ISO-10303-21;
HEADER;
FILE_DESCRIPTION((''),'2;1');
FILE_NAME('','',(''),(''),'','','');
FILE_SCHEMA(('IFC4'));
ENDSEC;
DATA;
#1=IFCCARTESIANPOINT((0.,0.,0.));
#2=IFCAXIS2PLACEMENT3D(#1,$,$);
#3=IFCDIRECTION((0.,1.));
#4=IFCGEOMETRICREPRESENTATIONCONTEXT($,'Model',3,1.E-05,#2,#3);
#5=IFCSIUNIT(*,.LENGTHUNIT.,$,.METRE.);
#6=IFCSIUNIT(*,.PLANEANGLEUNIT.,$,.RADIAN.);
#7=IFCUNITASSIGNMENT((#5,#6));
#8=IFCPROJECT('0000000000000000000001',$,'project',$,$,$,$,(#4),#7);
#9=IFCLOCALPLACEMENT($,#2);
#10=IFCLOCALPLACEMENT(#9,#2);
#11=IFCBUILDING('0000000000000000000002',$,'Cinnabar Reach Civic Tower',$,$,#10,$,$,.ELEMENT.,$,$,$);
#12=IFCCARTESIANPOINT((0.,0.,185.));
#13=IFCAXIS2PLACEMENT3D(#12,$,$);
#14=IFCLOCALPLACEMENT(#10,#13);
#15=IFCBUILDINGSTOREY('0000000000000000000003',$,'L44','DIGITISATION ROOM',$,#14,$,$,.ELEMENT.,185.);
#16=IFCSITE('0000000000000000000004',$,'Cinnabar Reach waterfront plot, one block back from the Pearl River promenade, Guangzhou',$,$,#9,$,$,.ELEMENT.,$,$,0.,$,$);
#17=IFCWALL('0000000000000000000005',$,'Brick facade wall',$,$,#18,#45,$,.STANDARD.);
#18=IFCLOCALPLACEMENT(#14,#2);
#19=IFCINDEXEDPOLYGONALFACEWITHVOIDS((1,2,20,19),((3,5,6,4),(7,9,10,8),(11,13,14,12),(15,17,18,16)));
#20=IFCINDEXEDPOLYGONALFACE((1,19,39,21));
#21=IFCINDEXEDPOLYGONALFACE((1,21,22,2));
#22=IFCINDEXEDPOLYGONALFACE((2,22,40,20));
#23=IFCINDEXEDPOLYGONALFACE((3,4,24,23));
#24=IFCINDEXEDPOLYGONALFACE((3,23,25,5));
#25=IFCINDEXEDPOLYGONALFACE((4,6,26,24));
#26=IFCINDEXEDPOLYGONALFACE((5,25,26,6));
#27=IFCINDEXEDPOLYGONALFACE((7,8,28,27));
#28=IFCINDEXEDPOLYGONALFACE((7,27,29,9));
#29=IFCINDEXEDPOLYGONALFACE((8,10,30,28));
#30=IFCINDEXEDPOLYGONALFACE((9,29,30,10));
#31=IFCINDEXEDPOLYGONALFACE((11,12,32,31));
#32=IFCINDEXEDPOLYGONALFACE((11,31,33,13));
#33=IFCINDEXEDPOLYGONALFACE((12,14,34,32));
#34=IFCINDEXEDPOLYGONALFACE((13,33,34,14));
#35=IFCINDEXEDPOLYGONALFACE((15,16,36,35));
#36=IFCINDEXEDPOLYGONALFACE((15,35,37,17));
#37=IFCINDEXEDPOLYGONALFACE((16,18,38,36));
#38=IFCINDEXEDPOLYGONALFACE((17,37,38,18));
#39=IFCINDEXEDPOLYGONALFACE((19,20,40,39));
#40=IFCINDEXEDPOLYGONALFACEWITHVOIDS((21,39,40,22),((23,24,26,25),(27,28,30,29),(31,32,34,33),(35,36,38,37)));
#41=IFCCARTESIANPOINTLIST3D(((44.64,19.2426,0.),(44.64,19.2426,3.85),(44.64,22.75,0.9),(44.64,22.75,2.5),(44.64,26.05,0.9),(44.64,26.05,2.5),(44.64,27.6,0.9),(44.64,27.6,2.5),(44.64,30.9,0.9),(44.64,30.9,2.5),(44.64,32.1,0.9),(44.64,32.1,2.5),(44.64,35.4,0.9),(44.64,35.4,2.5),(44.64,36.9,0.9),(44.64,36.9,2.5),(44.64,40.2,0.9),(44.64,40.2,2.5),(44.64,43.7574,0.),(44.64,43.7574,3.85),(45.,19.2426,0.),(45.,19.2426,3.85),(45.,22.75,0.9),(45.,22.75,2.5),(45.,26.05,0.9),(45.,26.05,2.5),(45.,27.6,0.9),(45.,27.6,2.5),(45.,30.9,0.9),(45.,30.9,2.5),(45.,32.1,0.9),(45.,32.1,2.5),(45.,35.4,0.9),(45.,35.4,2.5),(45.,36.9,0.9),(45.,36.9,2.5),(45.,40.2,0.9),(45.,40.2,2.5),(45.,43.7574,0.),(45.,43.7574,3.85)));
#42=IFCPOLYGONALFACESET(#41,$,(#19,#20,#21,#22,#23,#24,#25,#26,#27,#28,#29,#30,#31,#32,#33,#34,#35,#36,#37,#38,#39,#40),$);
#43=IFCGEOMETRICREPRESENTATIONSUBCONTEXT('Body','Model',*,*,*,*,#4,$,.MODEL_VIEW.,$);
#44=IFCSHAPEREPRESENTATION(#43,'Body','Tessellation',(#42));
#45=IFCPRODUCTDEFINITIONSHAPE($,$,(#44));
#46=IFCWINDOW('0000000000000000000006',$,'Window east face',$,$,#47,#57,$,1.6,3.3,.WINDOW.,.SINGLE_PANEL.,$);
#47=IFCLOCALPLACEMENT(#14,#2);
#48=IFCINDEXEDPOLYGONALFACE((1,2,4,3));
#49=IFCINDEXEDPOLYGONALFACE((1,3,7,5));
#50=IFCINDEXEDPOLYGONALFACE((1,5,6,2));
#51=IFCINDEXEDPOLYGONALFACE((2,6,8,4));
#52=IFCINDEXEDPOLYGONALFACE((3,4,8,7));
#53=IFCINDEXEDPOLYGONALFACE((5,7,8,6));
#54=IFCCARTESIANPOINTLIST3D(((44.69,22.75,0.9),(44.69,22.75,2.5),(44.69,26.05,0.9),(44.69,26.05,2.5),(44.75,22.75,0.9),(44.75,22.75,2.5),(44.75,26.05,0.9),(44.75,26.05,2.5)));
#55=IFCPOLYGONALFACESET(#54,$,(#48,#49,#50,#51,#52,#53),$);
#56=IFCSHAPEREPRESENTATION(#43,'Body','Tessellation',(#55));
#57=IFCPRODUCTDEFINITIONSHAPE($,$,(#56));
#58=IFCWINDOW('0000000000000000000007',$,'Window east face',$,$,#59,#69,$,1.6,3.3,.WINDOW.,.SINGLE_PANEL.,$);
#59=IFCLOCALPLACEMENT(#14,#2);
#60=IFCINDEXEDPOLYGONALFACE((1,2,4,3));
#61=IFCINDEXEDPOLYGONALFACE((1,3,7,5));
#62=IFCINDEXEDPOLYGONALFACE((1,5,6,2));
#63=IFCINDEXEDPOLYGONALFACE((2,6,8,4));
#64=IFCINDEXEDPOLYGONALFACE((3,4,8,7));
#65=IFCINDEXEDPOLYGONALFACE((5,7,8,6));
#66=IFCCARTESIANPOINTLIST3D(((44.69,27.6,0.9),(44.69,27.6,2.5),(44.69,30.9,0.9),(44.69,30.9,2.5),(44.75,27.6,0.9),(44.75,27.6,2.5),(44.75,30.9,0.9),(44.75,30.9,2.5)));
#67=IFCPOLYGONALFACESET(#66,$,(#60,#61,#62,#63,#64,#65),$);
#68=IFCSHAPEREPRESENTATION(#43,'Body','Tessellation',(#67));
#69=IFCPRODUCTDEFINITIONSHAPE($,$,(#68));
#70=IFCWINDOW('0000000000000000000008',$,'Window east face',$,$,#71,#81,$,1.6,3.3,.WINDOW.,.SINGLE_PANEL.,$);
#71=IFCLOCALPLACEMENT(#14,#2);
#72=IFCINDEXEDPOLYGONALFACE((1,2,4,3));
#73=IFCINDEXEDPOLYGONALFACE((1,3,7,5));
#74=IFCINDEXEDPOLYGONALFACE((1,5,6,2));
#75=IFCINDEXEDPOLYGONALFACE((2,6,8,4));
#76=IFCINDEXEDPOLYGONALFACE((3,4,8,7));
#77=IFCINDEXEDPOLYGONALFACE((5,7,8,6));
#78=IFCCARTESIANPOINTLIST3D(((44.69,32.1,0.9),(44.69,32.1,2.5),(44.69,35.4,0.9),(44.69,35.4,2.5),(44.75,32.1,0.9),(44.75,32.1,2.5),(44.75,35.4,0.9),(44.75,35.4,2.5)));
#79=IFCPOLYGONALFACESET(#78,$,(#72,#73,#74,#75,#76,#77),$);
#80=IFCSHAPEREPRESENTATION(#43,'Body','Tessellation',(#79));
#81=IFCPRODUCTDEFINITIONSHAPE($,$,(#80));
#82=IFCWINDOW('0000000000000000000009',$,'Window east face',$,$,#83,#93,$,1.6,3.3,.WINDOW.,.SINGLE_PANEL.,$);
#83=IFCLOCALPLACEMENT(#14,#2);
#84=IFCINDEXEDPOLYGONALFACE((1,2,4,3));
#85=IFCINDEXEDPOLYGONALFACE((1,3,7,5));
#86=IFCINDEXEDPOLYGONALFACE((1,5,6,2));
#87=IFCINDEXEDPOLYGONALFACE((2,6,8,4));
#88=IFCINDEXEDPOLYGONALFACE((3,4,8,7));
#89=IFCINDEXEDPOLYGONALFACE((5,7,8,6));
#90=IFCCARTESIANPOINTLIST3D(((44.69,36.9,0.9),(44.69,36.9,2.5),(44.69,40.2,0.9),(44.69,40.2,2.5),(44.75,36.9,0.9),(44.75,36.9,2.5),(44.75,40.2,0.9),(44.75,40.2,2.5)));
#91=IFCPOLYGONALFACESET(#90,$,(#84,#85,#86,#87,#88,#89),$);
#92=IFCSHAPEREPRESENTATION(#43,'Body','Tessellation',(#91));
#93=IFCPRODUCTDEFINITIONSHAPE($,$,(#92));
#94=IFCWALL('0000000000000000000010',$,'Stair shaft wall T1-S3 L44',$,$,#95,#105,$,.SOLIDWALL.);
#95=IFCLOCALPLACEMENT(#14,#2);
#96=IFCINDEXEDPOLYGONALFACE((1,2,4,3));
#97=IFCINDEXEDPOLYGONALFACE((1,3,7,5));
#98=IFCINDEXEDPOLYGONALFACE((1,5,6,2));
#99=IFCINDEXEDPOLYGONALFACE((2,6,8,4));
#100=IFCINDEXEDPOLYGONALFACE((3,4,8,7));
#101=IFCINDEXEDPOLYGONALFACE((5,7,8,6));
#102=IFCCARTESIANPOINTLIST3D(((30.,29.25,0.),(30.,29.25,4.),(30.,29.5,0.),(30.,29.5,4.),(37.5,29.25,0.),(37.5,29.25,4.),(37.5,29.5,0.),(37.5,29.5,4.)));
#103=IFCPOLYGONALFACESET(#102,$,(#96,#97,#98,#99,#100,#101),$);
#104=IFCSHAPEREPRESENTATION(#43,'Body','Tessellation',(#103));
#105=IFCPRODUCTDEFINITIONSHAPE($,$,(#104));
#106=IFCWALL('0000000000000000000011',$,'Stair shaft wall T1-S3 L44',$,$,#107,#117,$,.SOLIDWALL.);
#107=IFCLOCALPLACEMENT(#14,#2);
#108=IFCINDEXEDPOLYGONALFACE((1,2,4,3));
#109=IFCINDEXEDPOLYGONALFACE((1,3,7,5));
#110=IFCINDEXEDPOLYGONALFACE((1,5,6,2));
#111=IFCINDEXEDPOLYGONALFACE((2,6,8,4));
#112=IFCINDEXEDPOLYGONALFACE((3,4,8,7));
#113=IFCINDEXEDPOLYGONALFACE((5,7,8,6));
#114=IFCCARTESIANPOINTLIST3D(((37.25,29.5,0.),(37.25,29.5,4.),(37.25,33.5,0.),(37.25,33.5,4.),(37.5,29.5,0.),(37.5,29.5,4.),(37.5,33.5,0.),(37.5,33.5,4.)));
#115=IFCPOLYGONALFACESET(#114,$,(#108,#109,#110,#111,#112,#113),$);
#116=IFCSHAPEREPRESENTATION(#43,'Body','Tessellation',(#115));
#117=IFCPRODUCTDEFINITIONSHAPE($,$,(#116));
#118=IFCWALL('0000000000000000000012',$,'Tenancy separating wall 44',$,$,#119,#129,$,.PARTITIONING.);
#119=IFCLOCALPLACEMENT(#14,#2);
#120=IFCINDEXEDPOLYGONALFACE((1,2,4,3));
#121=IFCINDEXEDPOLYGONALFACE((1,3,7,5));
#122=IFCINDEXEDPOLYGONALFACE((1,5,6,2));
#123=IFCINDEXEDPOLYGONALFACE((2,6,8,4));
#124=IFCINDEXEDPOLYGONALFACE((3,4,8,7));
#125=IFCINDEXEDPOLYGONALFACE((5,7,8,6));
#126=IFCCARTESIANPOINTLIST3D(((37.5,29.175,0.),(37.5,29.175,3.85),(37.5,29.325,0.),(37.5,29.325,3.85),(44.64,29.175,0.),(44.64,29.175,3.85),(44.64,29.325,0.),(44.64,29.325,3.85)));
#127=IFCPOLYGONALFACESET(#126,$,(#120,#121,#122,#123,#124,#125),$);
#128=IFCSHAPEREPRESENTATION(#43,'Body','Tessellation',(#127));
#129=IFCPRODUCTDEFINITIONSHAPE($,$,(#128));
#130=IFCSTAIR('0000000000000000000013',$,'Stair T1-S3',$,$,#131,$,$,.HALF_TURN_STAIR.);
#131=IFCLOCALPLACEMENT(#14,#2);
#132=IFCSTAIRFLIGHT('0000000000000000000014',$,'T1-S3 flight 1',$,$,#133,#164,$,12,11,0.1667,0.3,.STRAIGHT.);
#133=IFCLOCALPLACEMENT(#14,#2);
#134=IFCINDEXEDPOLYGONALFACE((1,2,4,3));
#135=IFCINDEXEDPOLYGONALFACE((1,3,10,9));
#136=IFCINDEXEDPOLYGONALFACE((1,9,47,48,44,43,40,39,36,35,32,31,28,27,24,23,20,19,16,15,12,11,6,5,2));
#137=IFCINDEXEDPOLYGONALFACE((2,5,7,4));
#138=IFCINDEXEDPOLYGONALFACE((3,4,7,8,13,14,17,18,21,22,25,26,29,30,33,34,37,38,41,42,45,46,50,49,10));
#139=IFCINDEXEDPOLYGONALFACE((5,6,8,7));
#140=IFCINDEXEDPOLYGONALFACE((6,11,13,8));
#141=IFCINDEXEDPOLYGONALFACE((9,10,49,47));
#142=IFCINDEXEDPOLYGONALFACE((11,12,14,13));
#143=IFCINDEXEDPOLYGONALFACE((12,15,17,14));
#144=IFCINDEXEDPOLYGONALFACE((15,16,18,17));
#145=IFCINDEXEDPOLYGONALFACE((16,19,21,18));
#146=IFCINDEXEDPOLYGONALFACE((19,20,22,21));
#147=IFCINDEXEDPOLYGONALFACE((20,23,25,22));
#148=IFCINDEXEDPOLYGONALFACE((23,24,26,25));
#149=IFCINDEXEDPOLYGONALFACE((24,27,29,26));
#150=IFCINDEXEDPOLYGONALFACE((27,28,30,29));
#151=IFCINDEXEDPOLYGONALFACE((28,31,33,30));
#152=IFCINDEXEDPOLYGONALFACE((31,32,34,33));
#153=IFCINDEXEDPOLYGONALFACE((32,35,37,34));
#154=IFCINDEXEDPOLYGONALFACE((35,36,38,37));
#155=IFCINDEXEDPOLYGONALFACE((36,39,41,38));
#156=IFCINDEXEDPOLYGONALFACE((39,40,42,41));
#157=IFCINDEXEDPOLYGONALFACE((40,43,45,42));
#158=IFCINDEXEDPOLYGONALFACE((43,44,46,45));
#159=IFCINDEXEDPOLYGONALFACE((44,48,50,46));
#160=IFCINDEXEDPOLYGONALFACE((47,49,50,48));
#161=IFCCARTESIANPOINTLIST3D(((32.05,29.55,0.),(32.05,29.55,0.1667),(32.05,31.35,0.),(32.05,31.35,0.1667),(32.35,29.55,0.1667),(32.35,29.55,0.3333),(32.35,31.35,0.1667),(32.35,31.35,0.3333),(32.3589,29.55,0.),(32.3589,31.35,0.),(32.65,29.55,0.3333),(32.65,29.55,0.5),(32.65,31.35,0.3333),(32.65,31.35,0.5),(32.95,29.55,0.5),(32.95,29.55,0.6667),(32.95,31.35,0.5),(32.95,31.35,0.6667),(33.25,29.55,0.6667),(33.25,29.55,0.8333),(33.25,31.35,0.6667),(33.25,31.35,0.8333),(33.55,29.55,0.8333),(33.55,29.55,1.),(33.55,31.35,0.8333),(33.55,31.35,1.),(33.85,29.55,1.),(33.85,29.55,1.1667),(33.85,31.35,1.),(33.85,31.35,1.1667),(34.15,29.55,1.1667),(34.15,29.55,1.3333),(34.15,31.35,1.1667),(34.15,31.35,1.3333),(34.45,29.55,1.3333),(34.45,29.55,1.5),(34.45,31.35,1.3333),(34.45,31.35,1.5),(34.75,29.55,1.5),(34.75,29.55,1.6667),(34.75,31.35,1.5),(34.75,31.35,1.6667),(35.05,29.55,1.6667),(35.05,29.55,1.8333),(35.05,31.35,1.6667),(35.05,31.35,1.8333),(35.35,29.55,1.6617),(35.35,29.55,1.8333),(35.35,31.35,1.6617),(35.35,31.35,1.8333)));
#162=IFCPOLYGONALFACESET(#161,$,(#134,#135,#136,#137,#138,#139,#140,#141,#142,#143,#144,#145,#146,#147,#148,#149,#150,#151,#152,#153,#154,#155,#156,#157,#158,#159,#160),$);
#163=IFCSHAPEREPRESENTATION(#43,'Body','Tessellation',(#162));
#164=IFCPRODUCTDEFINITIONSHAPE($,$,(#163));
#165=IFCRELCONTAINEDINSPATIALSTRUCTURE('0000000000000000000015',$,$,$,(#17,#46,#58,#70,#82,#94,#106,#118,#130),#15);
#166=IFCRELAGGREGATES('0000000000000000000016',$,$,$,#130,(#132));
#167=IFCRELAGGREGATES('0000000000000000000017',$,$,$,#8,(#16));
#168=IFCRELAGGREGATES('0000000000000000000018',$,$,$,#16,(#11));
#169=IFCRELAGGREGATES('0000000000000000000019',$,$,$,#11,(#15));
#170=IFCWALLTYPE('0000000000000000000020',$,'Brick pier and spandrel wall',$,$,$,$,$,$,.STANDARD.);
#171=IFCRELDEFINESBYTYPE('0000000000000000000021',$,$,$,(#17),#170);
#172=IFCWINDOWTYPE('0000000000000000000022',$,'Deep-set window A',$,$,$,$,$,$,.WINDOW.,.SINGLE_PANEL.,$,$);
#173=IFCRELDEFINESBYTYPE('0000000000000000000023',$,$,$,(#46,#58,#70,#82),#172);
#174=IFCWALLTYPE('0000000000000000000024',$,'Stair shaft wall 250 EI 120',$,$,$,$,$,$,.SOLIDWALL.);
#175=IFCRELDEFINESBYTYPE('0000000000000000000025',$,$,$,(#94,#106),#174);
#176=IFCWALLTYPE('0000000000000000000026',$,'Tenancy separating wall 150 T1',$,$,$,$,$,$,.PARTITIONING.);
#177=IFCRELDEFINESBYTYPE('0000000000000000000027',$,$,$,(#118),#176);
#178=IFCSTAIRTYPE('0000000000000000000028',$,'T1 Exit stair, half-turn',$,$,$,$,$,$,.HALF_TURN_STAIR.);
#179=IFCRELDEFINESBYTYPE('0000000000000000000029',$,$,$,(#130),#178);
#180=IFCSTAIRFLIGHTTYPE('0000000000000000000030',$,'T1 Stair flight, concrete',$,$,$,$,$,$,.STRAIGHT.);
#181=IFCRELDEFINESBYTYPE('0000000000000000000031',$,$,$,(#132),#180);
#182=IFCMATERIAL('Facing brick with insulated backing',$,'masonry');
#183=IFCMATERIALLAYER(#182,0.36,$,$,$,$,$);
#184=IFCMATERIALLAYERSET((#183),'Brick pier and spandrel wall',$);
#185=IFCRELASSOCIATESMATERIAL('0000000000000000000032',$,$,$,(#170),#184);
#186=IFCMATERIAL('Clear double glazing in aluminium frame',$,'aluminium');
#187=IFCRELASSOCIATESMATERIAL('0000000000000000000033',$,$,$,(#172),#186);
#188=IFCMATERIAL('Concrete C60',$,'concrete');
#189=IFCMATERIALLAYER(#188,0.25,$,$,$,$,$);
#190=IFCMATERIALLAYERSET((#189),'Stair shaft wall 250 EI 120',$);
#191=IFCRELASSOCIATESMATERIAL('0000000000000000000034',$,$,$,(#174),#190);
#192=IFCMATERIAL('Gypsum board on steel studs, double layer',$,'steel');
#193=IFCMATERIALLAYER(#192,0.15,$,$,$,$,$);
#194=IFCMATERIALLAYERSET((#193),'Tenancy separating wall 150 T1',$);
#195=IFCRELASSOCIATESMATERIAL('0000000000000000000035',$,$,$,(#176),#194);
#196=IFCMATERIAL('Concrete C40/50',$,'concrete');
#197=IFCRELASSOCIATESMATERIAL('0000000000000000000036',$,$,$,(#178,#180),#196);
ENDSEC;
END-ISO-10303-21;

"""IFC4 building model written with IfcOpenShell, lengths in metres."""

from ifc_helpers import new_model, si_unit, direction, frame, frame_2d, origin, place, context, subcontext, project, spatial, polyline, rectangle, outline, extrude, material, layer, layer_set, type_object, element, fill, aggregate, save


model = new_model("IFC4")

# Units and contexts
model_context = context("Model", 3, precision=1e-05, world=origin(), true_north=direction((0.0, 1.0)))
body_context = subcontext(model_context, "Body", "Model", "MODEL_VIEW")
ifc_project = project(units=[si_unit("LENGTHUNIT", "METRE"), si_unit("PLANEANGLEUNIT", "RADIAN")], contexts=[model_context])

# Site, building, storey
site_placement = place(None, origin())
site = spatial("IfcSite", under=ifc_project, at=site_placement, Name="Cinnabar Reach waterfront plot, one block back from the Pearl River promenade, Guangzhou", CompositionType="ELEMENT", RefElevation=0.0)
building_placement = place(site_placement, origin())
building = spatial("IfcBuilding", under=site, at=building_placement, Name="Cinnabar Reach Civic Tower", CompositionType="ELEMENT")
storey_placement = place(building_placement, frame((0.0, 0.0, 185.0)))
storey = spatial("IfcBuildingStorey", under=building, at=storey_placement, Name="L44", Description="DIGITISATION ROOM", CompositionType="ELEMENT", Elevation=185.0)

# Shared definitions
ifc_material_1 = material(Name="Facing brick with insulated backing", Category="masonry")

# Wall, openings, windows
ifc_layer_1 = layer(ifc_material_1, 0.36)
ifc_layer_set_1 = layer_set([ifc_layer_1], Name="Brick pier and spandrel wall")
wall_type_1 = type_object("IfcWallType", Name="Brick pier and spandrel wall", PredefinedType="STANDARD", material=ifc_layer_set_1)
wall_1_placement = place(storey_placement, frame((44.82, 19.2426, 0.0), z_axis=(0.0, 0.0, 1.0), x_axis=(0.0, 1.0, 0.0)))
wall_1 = element("IfcWall", 1, at=wall_1_placement, inside=storey, type_object=wall_type_1, Name="Brick facade wall", PredefinedType="STANDARD", context=body_context, shape_type="SweptSolid", body=[
    extrude(rectangle(XDim=24.5148, YDim=0.36, at=frame_2d((12.2574, 0.0))), origin(), (0.0, 0.0, 1.0), 3.85),
])
opening_1_placement = place(wall_1_placement, frame((3.5074, 0.0, 0.9)))
opening_1 = element("IfcOpeningElement", 2, at=opening_1_placement, cuts=wall_1, PredefinedType="OPENING", context=body_context, shape_type="SweptSolid", body=[
    extrude(rectangle(XDim=3.3, YDim=1.6, at=frame_2d((1.65, 0.8))), frame((0.0, 0.19, 0.0), z_axis=(0.0, -1.0, 0.0), x_axis=(1.0, 0.0, 0.0)), (0.0, 0.0, 1.0), 0.38),
])
opening_2_placement = place(wall_1_placement, frame((8.3574, 0.0, 0.9)))
opening_2 = element("IfcOpeningElement", 3, at=opening_2_placement, cuts=wall_1, PredefinedType="OPENING", context=body_context, shape_type="SweptSolid", body=[
    extrude(rectangle(XDim=3.3, YDim=1.6, at=frame_2d((1.65, 0.8))), frame((0.0, 0.19, 0.0), z_axis=(0.0, -1.0, 0.0), x_axis=(1.0, 0.0, 0.0)), (0.0, 0.0, 1.0), 0.38),
])
opening_3_placement = place(wall_1_placement, frame((12.8574, 0.0, 0.9)))
opening_3 = element("IfcOpeningElement", 4, at=opening_3_placement, cuts=wall_1, PredefinedType="OPENING", context=body_context, shape_type="SweptSolid", body=[
    extrude(rectangle(XDim=3.3, YDim=1.6, at=frame_2d((1.65, 0.8))), frame((0.0, 0.19, 0.0), z_axis=(0.0, -1.0, 0.0), x_axis=(1.0, 0.0, 0.0)), (0.0, 0.0, 1.0), 0.38),
])
opening_4_placement = place(wall_1_placement, frame((17.6574, 0.0, 0.9)))
opening_4 = element("IfcOpeningElement", 5, at=opening_4_placement, cuts=wall_1, PredefinedType="OPENING", context=body_context, shape_type="SweptSolid", body=[
    extrude(rectangle(XDim=3.3, YDim=1.6, at=frame_2d((1.65, 0.8))), frame((0.0, 0.19, 0.0), z_axis=(0.0, -1.0, 0.0), x_axis=(1.0, 0.0, 0.0)), (0.0, 0.0, 1.0), 0.38),
])
ifc_material_2 = material(Name="Clear double glazing in aluminium frame", Category="aluminium")
window_type = type_object("IfcWindowType", Name="Deep-set window A", PartitioningType="SINGLE_PANEL", PredefinedType="WINDOW", material=ifc_material_2)
window_1_placement = place(opening_1_placement, origin())
window_1 = element("IfcWindow", 6, at=window_1_placement, inside=storey, type_object=window_type, Name="Window east face", OverallHeight=1.6, OverallWidth=3.3, PartitioningType="SINGLE_PANEL", PredefinedType="WINDOW", context=body_context, shape_type="SweptSolid", body=[
    extrude(rectangle(XDim=3.3, YDim=1.6, at=frame_2d((1.65, 0.8))), frame((0.0, 0.13, 0.0), z_axis=(0.0, -1.0, 0.0), x_axis=(1.0, 0.0, 0.0)), (0.0, 0.0, 1.0), 0.06),
])
fill(opening_1, window_1)
window_2_placement = place(opening_2_placement, origin())
window_2 = element("IfcWindow", 7, at=window_2_placement, inside=storey, type_object=window_type, Name="Window east face", OverallHeight=1.6, OverallWidth=3.3, PartitioningType="SINGLE_PANEL", PredefinedType="WINDOW", context=body_context, shape_type="SweptSolid", body=[
    extrude(rectangle(XDim=3.3, YDim=1.6, at=frame_2d((1.65, 0.8))), frame((0.0, 0.13, 0.0), z_axis=(0.0, -1.0, 0.0), x_axis=(1.0, 0.0, 0.0)), (0.0, 0.0, 1.0), 0.06),
])
fill(opening_2, window_2)
window_3_placement = place(opening_3_placement, origin())
window_3 = element("IfcWindow", 8, at=window_3_placement, inside=storey, type_object=window_type, Name="Window east face", OverallHeight=1.6, OverallWidth=3.3, PartitioningType="SINGLE_PANEL", PredefinedType="WINDOW", context=body_context, shape_type="SweptSolid", body=[
    extrude(rectangle(XDim=3.3, YDim=1.6, at=frame_2d((1.65, 0.8))), frame((0.0, 0.13, 0.0), z_axis=(0.0, -1.0, 0.0), x_axis=(1.0, 0.0, 0.0)), (0.0, 0.0, 1.0), 0.06),
])
fill(opening_3, window_3)
window_4_placement = place(opening_4_placement, origin())
window_4 = element("IfcWindow", 9, at=window_4_placement, inside=storey, type_object=window_type, Name="Window east face", OverallHeight=1.6, OverallWidth=3.3, PartitioningType="SINGLE_PANEL", PredefinedType="WINDOW", context=body_context, shape_type="SweptSolid", body=[
    extrude(rectangle(XDim=3.3, YDim=1.6, at=frame_2d((1.65, 0.8))), frame((0.0, 0.13, 0.0), z_axis=(0.0, -1.0, 0.0), x_axis=(1.0, 0.0, 0.0)), (0.0, 0.0, 1.0), 0.06),
])
fill(opening_4, window_4)

# Walls
ifc_material_3 = material(Name="Concrete C60", Category="concrete")
ifc_layer_2 = layer(ifc_material_3, 0.25)
ifc_layer_set_2 = layer_set([ifc_layer_2], Name="Stair shaft wall 250 EI 120")
wall_type_2 = type_object("IfcWallType", Name="Stair shaft wall 250 EI 120", PredefinedType="SOLIDWALL", material=ifc_layer_set_2)
wall_2_placement = place(storey_placement, frame((30.0, 29.375, 0.0), z_axis=(0.0, 0.0, 1.0), x_axis=(1.0, 0.0, 0.0)))
element("IfcWall", 10, at=wall_2_placement, inside=storey, type_object=wall_type_2, Name="Stair shaft wall T1-S3 L44", PredefinedType="SOLIDWALL", context=body_context, shape_type="SweptSolid", body=[
    extrude(rectangle(XDim=7.5, YDim=0.25, at=frame_2d((3.75, 0.0))), origin(), (0.0, 0.0, 1.0), 4.0),
])
wall_3_placement = place(storey_placement, frame((37.375, 29.5, 0.0), z_axis=(0.0, 0.0, 1.0), x_axis=(0.0, 1.0, 0.0)))
element("IfcWall", 11, at=wall_3_placement, inside=storey, type_object=wall_type_2, Name="Stair shaft wall T1-S3 L44", PredefinedType="SOLIDWALL", context=body_context, shape_type="SweptSolid", body=[
    extrude(rectangle(XDim=4.0, YDim=0.25, at=frame_2d((2.0, 0.0))), origin(), (0.0, 0.0, 1.0), 4.0),
])
ifc_material_4 = material(Name="Gypsum board on steel studs, double layer", Category="steel")
ifc_layer_3 = layer(ifc_material_4, 0.15)
ifc_layer_set_3 = layer_set([ifc_layer_3], Name="Tenancy separating wall 150 T1")
wall_type_3 = type_object("IfcWallType", Name="Tenancy separating wall 150 T1", PredefinedType="PARTITIONING", material=ifc_layer_set_3)
wall_4_placement = place(storey_placement, frame((37.5, 29.25, 0.0), z_axis=(0.0, 0.0, 1.0), x_axis=(1.0, 0.0, 0.0)))
element("IfcWall", 12, at=wall_4_placement, inside=storey, type_object=wall_type_3, Name="Tenancy separating wall 44", PredefinedType="PARTITIONING", context=body_context, shape_type="SweptSolid", body=[
    extrude(rectangle(XDim=7.14, YDim=0.15, at=frame_2d((3.57, 0.0))), origin(), (0.0, 0.0, 1.0), 3.85),
])

# Stair, stair flight
ifc_material_5 = material(Name="Concrete C40/50", Category="concrete")
stair_type = type_object("IfcStairType", Name="T1 Exit stair, half-turn", PredefinedType="HALF_TURN_STAIR", material=ifc_material_5)
stair_placement = place(storey_placement, origin())
stair = element("IfcStair", 13, at=stair_placement, inside=storey, type_object=stair_type, Name="Stair T1-S3", PredefinedType="HALF_TURN_STAIR")
stair_flight_type = type_object("IfcStairFlightType", Name="T1 Stair flight, concrete", PredefinedType="STRAIGHT", material=ifc_material_5)
stair_flight_placement = place(storey_placement, frame((32.05, 30.45, 0.0), z_axis=(0.0, 0.0, 1.0), x_axis=(1.0, 0.0, 0.0)))
stair_flight = element("IfcStairFlight", 14, at=stair_flight_placement, type_object=stair_flight_type, Name="T1-S3 flight 1", NumberOfRisers=12, NumberOfTreads=11, PredefinedType="STRAIGHT", RiserHeight=0.1667, TreadLength=0.3, context=body_context, shape_type="SweptSolid", body=[
    extrude(outline(polyline([(0.0, 0.0), (0.0, 0.1667), (0.3, 0.1667), (0.3, 0.3333), (0.6, 0.3333), (0.6, 0.5), (0.9, 0.5), (0.9, 0.6667), (1.2, 0.6667), (1.2, 0.8333), (1.5, 0.8333), (1.5, 1.0), (1.8, 1.0), (1.8, 1.1667), (2.1, 1.1667), (2.1, 1.3333), (2.4, 1.3333), (2.4, 1.5), (2.7, 1.5), (2.7, 1.6667), (3.0, 1.6667), (3.0, 1.8333), (3.3, 1.8333), (3.3, 2.0), (3.3, 1.6617), (0.3089, 0.0), (0.0, 0.0)])), frame((0.0, 0.9, 0.0), z_axis=(0.0, -1.0, 0.0), x_axis=(1.0, 0.0, 0.0)), (0.0, 0.0, 1.0), 1.8),
])
aggregate(stair, [stair_flight])

save(model, "model.ifc")
